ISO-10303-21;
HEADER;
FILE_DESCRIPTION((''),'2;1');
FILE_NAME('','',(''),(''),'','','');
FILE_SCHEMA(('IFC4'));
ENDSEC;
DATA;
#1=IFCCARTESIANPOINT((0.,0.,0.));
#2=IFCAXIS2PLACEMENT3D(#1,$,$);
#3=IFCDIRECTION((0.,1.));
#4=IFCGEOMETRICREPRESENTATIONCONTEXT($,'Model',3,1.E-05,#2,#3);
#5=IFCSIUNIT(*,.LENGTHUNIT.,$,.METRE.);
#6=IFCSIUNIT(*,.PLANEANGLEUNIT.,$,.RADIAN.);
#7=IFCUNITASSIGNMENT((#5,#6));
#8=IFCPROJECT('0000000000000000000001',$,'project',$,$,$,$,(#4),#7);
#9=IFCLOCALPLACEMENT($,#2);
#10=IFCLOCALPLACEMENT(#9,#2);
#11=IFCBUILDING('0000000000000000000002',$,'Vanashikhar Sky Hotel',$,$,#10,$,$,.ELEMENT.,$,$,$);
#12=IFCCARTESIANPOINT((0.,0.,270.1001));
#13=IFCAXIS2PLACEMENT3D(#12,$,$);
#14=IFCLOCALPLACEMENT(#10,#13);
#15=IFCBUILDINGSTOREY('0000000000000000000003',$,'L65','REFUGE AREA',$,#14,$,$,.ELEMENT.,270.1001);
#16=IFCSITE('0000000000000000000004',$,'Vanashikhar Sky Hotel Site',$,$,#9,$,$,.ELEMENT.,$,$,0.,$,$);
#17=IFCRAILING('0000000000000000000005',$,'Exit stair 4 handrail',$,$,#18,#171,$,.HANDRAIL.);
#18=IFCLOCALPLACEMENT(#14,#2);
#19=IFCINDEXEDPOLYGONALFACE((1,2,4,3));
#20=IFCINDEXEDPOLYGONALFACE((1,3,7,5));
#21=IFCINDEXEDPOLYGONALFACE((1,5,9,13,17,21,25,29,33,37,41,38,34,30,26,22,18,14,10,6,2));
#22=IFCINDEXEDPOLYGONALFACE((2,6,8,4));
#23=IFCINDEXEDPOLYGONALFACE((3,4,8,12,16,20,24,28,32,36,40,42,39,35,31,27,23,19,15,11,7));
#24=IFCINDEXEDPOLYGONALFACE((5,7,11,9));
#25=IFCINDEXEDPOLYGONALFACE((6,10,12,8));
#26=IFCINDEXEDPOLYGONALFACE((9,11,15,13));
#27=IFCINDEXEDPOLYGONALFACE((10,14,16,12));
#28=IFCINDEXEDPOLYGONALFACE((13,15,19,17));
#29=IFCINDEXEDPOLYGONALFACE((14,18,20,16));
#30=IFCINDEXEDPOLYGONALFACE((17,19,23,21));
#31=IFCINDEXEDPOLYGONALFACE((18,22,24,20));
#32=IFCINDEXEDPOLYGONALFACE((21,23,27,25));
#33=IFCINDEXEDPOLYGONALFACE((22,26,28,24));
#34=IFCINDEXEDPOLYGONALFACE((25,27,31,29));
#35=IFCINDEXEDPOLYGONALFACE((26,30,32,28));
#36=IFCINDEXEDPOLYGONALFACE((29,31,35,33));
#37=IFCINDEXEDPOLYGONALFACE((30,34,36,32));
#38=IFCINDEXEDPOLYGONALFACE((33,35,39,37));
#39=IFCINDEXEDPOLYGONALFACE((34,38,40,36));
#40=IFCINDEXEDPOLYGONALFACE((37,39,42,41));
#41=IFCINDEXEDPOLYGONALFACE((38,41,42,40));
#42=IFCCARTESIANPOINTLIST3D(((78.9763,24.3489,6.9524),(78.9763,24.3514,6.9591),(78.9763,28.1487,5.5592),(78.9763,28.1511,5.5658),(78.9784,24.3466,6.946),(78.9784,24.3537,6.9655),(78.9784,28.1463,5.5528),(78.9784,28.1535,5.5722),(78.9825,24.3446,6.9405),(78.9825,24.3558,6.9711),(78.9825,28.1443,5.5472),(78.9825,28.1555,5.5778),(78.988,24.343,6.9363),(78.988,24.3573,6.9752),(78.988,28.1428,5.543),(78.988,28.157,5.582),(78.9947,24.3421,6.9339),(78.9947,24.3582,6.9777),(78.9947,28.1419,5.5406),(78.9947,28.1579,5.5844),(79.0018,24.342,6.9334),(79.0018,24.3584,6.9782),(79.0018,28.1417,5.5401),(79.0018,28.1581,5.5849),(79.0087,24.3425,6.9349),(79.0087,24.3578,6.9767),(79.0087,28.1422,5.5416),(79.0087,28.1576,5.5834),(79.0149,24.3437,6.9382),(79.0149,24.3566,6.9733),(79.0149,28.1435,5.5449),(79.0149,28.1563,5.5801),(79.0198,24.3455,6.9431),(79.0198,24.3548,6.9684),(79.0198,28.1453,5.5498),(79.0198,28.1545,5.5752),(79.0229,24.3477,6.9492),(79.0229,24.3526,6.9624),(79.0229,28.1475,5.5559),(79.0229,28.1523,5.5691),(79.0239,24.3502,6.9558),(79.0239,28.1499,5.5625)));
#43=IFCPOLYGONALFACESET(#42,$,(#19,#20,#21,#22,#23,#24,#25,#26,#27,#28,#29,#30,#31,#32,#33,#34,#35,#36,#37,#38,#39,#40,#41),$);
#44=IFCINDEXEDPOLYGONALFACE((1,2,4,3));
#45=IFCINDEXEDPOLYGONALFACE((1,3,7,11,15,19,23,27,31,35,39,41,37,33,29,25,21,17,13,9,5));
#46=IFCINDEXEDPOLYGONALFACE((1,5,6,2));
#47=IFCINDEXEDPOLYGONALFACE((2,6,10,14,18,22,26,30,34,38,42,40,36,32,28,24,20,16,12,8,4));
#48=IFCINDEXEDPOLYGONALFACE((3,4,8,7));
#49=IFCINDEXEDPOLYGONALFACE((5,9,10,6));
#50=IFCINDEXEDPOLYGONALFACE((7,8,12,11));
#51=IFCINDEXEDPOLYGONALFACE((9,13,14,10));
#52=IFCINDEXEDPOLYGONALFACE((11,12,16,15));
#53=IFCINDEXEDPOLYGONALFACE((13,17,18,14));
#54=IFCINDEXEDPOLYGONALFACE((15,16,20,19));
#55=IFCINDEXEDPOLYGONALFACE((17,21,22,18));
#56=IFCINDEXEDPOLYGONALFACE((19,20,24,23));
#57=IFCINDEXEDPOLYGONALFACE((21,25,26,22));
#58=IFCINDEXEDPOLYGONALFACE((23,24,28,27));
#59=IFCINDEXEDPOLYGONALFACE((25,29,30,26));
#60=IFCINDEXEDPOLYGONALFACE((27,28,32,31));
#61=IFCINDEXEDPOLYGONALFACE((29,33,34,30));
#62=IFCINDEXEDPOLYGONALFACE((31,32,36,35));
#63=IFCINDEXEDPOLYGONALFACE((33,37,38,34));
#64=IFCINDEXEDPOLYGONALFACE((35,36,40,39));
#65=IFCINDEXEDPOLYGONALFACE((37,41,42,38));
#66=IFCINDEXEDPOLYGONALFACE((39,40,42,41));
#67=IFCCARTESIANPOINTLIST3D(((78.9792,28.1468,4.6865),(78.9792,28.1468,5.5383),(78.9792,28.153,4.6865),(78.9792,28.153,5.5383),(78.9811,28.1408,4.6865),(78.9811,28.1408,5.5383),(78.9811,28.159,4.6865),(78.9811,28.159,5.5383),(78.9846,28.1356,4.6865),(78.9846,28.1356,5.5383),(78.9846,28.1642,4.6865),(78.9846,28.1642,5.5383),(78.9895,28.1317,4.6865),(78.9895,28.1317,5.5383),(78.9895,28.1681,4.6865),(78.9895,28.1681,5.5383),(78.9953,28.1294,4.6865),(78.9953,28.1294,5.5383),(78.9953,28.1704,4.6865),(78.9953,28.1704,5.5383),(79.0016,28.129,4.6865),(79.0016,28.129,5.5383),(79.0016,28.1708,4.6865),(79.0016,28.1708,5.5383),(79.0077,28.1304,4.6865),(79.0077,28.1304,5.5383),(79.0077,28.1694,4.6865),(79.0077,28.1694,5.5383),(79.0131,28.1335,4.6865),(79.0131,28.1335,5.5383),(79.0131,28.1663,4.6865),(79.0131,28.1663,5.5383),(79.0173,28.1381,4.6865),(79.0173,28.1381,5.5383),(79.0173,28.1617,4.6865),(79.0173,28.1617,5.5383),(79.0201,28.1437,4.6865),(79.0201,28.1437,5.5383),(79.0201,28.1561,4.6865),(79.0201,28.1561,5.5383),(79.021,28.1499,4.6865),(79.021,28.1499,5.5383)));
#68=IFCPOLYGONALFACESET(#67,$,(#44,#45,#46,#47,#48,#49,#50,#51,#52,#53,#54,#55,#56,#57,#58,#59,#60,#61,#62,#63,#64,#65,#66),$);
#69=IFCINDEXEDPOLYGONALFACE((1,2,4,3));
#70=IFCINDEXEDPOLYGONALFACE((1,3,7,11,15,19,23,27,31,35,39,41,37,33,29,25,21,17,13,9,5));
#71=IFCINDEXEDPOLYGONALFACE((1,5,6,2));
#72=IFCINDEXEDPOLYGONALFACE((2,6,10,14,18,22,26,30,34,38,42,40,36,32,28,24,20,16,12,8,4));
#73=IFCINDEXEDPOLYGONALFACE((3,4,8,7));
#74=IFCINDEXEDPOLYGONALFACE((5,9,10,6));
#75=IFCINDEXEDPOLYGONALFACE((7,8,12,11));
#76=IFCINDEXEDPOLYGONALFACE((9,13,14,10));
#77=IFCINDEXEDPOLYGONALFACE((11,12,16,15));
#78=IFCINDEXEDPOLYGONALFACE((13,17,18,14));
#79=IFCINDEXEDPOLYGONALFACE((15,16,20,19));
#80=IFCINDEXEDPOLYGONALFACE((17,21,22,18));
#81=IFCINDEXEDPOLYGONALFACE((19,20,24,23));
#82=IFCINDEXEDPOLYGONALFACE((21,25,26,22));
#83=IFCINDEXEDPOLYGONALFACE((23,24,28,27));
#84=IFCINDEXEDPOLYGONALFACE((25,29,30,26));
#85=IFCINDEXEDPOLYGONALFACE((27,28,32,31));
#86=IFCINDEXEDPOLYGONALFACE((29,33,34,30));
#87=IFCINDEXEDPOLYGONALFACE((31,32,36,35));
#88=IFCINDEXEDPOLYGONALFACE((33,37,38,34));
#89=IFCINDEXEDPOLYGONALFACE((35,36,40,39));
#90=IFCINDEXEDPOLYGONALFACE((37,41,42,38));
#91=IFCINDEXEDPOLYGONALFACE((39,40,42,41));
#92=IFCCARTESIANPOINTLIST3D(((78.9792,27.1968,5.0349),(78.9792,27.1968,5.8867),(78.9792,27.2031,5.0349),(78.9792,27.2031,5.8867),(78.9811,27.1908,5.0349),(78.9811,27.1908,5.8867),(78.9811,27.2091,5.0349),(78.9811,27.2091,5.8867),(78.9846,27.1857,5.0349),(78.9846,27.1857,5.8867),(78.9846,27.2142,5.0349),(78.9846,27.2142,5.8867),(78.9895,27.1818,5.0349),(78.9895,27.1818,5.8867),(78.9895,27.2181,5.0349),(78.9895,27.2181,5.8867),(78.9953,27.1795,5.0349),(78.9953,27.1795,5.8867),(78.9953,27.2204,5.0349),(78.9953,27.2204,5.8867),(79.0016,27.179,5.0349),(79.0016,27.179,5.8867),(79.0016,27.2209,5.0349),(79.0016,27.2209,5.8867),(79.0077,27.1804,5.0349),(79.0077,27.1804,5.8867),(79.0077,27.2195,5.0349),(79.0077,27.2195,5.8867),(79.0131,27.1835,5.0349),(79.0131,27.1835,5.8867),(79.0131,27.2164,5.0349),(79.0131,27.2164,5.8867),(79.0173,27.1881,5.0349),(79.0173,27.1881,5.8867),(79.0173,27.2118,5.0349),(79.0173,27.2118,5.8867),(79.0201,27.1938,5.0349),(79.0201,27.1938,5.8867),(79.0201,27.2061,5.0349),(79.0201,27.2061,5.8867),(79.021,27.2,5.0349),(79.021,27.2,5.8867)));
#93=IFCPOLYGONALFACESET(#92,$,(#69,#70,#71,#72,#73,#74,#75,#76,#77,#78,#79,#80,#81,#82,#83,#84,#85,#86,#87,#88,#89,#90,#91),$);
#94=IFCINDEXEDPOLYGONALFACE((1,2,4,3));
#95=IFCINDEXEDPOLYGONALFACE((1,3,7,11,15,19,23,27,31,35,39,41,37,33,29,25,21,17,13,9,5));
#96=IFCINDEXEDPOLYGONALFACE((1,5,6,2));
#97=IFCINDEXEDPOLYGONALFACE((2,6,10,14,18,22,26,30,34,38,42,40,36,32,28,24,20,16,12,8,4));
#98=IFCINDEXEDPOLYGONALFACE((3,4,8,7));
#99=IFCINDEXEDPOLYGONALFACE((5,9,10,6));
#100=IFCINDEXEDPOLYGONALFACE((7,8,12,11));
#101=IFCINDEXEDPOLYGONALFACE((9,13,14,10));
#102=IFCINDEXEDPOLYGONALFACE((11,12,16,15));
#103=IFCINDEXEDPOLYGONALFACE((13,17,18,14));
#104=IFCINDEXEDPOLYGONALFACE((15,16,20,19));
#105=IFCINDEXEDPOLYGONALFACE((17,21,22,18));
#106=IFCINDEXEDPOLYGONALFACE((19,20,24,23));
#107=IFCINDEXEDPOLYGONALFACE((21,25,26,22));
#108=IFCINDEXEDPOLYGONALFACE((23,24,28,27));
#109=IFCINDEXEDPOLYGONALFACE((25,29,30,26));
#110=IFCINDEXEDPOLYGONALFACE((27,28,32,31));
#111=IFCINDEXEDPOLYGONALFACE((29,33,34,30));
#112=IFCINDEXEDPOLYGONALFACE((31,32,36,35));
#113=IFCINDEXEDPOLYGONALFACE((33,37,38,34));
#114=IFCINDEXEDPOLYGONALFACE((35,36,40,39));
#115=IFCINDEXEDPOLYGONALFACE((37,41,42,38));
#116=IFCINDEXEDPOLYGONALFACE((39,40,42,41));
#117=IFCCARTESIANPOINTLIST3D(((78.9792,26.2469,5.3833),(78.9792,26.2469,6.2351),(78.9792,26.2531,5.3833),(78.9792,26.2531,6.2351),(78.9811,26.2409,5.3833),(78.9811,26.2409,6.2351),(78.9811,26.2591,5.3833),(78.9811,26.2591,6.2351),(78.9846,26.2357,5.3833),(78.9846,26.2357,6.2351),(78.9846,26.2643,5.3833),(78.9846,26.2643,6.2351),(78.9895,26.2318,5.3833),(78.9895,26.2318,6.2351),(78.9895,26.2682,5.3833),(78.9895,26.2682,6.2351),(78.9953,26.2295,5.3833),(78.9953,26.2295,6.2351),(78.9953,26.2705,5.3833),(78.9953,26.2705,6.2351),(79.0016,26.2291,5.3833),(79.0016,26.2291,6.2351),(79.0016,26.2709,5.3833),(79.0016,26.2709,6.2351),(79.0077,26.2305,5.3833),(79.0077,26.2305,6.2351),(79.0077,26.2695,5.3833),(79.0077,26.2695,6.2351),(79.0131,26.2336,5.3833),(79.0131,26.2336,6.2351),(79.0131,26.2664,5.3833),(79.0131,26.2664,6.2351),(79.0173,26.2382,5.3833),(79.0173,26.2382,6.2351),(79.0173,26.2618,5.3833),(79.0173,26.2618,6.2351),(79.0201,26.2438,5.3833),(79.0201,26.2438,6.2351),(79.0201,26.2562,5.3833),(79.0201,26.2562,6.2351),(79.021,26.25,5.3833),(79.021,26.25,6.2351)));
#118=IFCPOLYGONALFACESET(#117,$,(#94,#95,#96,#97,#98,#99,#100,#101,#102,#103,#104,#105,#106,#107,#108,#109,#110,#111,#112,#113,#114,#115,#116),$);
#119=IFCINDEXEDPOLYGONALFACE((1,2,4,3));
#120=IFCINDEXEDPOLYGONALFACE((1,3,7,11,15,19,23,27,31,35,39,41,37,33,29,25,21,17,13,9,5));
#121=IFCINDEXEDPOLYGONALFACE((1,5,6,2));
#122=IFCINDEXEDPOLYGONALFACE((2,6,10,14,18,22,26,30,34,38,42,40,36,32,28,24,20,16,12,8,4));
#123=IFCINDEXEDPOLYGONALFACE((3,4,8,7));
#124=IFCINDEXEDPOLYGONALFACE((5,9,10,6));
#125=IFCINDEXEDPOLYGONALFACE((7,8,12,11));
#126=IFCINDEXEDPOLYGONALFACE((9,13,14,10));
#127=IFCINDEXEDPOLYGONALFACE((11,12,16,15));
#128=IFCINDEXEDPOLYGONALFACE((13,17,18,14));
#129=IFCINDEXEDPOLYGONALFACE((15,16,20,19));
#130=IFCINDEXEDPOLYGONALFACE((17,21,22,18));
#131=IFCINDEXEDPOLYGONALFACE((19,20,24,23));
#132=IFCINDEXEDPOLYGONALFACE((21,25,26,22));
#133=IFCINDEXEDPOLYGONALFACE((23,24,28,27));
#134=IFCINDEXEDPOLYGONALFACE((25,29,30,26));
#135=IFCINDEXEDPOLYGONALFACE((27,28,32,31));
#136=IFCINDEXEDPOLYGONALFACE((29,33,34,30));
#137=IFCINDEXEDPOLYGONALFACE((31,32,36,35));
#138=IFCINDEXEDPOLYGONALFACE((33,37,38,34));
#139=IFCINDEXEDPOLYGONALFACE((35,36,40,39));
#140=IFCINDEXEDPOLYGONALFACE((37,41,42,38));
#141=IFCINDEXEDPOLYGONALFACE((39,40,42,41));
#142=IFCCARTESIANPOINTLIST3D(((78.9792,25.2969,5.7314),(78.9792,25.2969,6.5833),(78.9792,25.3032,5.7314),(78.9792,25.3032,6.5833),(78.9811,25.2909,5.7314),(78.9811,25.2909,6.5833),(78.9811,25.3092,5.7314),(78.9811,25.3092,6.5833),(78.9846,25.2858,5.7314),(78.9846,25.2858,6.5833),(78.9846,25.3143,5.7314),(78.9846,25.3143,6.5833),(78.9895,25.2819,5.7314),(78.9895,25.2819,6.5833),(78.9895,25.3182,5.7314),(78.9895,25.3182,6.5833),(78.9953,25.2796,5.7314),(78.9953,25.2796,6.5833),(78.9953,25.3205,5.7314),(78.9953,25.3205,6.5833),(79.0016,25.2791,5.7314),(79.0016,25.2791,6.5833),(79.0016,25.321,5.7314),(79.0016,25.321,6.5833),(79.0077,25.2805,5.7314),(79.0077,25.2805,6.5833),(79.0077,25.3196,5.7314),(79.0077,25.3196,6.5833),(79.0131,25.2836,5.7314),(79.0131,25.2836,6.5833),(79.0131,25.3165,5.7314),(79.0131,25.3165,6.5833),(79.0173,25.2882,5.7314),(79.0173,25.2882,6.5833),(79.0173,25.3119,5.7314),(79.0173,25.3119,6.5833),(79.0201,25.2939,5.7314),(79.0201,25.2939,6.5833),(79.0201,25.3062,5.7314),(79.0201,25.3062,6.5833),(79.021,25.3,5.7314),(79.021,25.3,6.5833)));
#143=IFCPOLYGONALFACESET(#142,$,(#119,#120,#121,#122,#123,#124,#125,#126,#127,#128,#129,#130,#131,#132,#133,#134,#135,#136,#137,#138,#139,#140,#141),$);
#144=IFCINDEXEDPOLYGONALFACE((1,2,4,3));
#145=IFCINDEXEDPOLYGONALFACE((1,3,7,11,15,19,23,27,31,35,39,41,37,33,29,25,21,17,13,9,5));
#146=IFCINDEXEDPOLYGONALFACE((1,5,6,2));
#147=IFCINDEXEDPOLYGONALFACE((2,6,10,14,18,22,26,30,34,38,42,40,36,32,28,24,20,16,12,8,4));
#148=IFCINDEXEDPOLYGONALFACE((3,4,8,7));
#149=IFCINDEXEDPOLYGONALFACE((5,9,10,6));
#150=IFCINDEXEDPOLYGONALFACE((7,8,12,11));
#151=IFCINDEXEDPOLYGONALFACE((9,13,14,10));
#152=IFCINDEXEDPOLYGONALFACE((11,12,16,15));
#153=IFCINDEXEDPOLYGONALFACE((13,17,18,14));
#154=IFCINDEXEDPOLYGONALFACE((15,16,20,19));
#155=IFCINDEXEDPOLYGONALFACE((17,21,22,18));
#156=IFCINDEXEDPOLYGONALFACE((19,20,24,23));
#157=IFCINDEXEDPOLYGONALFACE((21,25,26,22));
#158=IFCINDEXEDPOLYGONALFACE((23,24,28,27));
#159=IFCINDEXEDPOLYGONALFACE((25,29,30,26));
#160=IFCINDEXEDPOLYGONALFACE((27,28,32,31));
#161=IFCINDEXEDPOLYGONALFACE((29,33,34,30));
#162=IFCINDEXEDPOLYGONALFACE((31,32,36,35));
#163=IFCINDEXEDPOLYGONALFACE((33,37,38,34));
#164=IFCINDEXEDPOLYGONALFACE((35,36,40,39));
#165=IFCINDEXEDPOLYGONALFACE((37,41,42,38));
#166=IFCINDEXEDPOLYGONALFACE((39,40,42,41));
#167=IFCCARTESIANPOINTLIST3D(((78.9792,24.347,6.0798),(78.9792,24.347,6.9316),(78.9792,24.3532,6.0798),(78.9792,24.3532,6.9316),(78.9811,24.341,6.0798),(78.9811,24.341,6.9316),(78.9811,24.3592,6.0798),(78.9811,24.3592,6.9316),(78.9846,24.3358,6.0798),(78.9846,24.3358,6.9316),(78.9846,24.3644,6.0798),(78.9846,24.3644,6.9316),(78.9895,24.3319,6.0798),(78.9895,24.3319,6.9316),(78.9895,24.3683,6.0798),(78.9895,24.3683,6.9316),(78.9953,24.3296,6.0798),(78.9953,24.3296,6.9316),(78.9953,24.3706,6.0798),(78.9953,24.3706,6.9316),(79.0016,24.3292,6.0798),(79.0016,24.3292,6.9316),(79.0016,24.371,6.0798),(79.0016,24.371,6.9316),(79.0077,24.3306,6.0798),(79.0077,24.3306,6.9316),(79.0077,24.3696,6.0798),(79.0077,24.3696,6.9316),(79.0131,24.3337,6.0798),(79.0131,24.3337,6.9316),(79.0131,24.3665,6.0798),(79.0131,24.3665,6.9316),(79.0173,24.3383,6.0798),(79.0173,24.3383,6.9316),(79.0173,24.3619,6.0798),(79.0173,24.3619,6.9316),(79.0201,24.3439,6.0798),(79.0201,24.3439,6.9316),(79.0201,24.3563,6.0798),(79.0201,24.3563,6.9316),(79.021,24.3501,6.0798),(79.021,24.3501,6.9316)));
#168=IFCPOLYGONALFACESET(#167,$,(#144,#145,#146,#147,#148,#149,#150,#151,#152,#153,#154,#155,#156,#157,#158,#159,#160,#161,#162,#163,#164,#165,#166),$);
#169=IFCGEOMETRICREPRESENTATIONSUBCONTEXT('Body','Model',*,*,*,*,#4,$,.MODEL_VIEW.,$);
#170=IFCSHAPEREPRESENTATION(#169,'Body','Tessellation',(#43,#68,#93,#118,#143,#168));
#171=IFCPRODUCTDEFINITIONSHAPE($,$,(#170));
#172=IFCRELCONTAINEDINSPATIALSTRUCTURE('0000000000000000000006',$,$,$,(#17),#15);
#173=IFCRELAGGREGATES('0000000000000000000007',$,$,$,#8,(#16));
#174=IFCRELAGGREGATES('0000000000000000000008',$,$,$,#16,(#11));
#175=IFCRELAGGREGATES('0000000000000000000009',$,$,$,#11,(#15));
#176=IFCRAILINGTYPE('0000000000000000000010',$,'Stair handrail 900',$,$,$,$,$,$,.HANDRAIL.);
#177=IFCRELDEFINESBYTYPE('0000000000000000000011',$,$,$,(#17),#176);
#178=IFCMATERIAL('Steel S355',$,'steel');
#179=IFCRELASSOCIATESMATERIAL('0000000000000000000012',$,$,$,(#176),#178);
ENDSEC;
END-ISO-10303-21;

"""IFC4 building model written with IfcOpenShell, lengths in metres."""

from ifc_helpers import new_model, si_unit, direction, frame, origin, origin_2d, place, context, subcontext, project, spatial, circle, extrude, source, transform, mapped, material, type_object, element, save


model = new_model("IFC4")

# Units and contexts
model_context = context("Model", 3, precision=1e-05, world=origin(), true_north=direction((0.0, 1.0)))
body_context = subcontext(model_context, "Body", "Model", "MODEL_VIEW")
ifc_project = project(units=[si_unit("LENGTHUNIT", "METRE"), si_unit("PLANEANGLEUNIT", "RADIAN")], contexts=[model_context])

# Site, building, storey
site_placement = place(None, origin())
site = spatial("IfcSite", under=ifc_project, at=site_placement, Name="Vanashikhar Sky Hotel Site", CompositionType="ELEMENT", RefElevation=0.0)
building_placement = place(site_placement, origin())
building = spatial("IfcBuilding", under=site, at=building_placement, Name="Vanashikhar Sky Hotel", CompositionType="ELEMENT")
storey_placement = place(building_placement, frame((0.0, 0.0, 270.1001)))
storey = spatial("IfcBuildingStorey", under=building, at=storey_placement, Name="L65", Description="REFUGE AREA", CompositionType="ELEMENT", Elevation=270.1001)

# Railing
ifc_material_1 = material(Name="Steel S355", Category="steel")
railing_type_1 = type_object("IfcRailingType", Name="Stair handrail 900", PredefinedType="HANDRAIL", material=ifc_material_1)
shared_shape_1 = source(origin(), body_context, "Body", "SweptSolid", [
    extrude(circle(Radius=0.0239, at=origin_2d()), frame((0.0, 0.0, 0.876), z_axis=(0.0, -0.938872, 0.344265), x_axis=(1.0, 0.0, 0.0)), (0.0, 0.0, 1.0), 4.0471),
    extrude(circle(Radius=0.021, at=origin_2d()), origin(), (0.0, 0.0, 1.0), 0.8518),
    extrude(circle(Radius=0.021, at=origin_2d()), frame((0.0, -0.95, 0.3484)), (0.0, 0.0, 1.0), 0.8518),
    extrude(circle(Radius=0.021, at=origin_2d()), frame((0.0, -1.8999, 0.6968)), (0.0, 0.0, 1.0), 0.8518),
    extrude(circle(Radius=0.021, at=origin_2d()), frame((0.0, -2.8499, 1.0449)), (0.0, 0.0, 1.0), 0.8518),
    extrude(circle(Radius=0.021, at=origin_2d()), frame((0.0, -3.7998, 1.3933)), (0.0, 0.0, 1.0), 0.8518),
])
for number, where, name in (
    (1, (79.0, 28.1499, 4.6865), "Exit stair 4 handrail"),
):
    element("IfcRailing", number, at=place(storey_placement, frame(where)), inside=storey, type_object=railing_type_1, Name=name, PredefinedType="HANDRAIL", context=body_context, shape_type="MappedRepresentation", body=[
        mapped(shared_shape_1, transform((0.0, 0.0, 0.0), scale=1.0)),
    ])

save(model, "model.ifc")
